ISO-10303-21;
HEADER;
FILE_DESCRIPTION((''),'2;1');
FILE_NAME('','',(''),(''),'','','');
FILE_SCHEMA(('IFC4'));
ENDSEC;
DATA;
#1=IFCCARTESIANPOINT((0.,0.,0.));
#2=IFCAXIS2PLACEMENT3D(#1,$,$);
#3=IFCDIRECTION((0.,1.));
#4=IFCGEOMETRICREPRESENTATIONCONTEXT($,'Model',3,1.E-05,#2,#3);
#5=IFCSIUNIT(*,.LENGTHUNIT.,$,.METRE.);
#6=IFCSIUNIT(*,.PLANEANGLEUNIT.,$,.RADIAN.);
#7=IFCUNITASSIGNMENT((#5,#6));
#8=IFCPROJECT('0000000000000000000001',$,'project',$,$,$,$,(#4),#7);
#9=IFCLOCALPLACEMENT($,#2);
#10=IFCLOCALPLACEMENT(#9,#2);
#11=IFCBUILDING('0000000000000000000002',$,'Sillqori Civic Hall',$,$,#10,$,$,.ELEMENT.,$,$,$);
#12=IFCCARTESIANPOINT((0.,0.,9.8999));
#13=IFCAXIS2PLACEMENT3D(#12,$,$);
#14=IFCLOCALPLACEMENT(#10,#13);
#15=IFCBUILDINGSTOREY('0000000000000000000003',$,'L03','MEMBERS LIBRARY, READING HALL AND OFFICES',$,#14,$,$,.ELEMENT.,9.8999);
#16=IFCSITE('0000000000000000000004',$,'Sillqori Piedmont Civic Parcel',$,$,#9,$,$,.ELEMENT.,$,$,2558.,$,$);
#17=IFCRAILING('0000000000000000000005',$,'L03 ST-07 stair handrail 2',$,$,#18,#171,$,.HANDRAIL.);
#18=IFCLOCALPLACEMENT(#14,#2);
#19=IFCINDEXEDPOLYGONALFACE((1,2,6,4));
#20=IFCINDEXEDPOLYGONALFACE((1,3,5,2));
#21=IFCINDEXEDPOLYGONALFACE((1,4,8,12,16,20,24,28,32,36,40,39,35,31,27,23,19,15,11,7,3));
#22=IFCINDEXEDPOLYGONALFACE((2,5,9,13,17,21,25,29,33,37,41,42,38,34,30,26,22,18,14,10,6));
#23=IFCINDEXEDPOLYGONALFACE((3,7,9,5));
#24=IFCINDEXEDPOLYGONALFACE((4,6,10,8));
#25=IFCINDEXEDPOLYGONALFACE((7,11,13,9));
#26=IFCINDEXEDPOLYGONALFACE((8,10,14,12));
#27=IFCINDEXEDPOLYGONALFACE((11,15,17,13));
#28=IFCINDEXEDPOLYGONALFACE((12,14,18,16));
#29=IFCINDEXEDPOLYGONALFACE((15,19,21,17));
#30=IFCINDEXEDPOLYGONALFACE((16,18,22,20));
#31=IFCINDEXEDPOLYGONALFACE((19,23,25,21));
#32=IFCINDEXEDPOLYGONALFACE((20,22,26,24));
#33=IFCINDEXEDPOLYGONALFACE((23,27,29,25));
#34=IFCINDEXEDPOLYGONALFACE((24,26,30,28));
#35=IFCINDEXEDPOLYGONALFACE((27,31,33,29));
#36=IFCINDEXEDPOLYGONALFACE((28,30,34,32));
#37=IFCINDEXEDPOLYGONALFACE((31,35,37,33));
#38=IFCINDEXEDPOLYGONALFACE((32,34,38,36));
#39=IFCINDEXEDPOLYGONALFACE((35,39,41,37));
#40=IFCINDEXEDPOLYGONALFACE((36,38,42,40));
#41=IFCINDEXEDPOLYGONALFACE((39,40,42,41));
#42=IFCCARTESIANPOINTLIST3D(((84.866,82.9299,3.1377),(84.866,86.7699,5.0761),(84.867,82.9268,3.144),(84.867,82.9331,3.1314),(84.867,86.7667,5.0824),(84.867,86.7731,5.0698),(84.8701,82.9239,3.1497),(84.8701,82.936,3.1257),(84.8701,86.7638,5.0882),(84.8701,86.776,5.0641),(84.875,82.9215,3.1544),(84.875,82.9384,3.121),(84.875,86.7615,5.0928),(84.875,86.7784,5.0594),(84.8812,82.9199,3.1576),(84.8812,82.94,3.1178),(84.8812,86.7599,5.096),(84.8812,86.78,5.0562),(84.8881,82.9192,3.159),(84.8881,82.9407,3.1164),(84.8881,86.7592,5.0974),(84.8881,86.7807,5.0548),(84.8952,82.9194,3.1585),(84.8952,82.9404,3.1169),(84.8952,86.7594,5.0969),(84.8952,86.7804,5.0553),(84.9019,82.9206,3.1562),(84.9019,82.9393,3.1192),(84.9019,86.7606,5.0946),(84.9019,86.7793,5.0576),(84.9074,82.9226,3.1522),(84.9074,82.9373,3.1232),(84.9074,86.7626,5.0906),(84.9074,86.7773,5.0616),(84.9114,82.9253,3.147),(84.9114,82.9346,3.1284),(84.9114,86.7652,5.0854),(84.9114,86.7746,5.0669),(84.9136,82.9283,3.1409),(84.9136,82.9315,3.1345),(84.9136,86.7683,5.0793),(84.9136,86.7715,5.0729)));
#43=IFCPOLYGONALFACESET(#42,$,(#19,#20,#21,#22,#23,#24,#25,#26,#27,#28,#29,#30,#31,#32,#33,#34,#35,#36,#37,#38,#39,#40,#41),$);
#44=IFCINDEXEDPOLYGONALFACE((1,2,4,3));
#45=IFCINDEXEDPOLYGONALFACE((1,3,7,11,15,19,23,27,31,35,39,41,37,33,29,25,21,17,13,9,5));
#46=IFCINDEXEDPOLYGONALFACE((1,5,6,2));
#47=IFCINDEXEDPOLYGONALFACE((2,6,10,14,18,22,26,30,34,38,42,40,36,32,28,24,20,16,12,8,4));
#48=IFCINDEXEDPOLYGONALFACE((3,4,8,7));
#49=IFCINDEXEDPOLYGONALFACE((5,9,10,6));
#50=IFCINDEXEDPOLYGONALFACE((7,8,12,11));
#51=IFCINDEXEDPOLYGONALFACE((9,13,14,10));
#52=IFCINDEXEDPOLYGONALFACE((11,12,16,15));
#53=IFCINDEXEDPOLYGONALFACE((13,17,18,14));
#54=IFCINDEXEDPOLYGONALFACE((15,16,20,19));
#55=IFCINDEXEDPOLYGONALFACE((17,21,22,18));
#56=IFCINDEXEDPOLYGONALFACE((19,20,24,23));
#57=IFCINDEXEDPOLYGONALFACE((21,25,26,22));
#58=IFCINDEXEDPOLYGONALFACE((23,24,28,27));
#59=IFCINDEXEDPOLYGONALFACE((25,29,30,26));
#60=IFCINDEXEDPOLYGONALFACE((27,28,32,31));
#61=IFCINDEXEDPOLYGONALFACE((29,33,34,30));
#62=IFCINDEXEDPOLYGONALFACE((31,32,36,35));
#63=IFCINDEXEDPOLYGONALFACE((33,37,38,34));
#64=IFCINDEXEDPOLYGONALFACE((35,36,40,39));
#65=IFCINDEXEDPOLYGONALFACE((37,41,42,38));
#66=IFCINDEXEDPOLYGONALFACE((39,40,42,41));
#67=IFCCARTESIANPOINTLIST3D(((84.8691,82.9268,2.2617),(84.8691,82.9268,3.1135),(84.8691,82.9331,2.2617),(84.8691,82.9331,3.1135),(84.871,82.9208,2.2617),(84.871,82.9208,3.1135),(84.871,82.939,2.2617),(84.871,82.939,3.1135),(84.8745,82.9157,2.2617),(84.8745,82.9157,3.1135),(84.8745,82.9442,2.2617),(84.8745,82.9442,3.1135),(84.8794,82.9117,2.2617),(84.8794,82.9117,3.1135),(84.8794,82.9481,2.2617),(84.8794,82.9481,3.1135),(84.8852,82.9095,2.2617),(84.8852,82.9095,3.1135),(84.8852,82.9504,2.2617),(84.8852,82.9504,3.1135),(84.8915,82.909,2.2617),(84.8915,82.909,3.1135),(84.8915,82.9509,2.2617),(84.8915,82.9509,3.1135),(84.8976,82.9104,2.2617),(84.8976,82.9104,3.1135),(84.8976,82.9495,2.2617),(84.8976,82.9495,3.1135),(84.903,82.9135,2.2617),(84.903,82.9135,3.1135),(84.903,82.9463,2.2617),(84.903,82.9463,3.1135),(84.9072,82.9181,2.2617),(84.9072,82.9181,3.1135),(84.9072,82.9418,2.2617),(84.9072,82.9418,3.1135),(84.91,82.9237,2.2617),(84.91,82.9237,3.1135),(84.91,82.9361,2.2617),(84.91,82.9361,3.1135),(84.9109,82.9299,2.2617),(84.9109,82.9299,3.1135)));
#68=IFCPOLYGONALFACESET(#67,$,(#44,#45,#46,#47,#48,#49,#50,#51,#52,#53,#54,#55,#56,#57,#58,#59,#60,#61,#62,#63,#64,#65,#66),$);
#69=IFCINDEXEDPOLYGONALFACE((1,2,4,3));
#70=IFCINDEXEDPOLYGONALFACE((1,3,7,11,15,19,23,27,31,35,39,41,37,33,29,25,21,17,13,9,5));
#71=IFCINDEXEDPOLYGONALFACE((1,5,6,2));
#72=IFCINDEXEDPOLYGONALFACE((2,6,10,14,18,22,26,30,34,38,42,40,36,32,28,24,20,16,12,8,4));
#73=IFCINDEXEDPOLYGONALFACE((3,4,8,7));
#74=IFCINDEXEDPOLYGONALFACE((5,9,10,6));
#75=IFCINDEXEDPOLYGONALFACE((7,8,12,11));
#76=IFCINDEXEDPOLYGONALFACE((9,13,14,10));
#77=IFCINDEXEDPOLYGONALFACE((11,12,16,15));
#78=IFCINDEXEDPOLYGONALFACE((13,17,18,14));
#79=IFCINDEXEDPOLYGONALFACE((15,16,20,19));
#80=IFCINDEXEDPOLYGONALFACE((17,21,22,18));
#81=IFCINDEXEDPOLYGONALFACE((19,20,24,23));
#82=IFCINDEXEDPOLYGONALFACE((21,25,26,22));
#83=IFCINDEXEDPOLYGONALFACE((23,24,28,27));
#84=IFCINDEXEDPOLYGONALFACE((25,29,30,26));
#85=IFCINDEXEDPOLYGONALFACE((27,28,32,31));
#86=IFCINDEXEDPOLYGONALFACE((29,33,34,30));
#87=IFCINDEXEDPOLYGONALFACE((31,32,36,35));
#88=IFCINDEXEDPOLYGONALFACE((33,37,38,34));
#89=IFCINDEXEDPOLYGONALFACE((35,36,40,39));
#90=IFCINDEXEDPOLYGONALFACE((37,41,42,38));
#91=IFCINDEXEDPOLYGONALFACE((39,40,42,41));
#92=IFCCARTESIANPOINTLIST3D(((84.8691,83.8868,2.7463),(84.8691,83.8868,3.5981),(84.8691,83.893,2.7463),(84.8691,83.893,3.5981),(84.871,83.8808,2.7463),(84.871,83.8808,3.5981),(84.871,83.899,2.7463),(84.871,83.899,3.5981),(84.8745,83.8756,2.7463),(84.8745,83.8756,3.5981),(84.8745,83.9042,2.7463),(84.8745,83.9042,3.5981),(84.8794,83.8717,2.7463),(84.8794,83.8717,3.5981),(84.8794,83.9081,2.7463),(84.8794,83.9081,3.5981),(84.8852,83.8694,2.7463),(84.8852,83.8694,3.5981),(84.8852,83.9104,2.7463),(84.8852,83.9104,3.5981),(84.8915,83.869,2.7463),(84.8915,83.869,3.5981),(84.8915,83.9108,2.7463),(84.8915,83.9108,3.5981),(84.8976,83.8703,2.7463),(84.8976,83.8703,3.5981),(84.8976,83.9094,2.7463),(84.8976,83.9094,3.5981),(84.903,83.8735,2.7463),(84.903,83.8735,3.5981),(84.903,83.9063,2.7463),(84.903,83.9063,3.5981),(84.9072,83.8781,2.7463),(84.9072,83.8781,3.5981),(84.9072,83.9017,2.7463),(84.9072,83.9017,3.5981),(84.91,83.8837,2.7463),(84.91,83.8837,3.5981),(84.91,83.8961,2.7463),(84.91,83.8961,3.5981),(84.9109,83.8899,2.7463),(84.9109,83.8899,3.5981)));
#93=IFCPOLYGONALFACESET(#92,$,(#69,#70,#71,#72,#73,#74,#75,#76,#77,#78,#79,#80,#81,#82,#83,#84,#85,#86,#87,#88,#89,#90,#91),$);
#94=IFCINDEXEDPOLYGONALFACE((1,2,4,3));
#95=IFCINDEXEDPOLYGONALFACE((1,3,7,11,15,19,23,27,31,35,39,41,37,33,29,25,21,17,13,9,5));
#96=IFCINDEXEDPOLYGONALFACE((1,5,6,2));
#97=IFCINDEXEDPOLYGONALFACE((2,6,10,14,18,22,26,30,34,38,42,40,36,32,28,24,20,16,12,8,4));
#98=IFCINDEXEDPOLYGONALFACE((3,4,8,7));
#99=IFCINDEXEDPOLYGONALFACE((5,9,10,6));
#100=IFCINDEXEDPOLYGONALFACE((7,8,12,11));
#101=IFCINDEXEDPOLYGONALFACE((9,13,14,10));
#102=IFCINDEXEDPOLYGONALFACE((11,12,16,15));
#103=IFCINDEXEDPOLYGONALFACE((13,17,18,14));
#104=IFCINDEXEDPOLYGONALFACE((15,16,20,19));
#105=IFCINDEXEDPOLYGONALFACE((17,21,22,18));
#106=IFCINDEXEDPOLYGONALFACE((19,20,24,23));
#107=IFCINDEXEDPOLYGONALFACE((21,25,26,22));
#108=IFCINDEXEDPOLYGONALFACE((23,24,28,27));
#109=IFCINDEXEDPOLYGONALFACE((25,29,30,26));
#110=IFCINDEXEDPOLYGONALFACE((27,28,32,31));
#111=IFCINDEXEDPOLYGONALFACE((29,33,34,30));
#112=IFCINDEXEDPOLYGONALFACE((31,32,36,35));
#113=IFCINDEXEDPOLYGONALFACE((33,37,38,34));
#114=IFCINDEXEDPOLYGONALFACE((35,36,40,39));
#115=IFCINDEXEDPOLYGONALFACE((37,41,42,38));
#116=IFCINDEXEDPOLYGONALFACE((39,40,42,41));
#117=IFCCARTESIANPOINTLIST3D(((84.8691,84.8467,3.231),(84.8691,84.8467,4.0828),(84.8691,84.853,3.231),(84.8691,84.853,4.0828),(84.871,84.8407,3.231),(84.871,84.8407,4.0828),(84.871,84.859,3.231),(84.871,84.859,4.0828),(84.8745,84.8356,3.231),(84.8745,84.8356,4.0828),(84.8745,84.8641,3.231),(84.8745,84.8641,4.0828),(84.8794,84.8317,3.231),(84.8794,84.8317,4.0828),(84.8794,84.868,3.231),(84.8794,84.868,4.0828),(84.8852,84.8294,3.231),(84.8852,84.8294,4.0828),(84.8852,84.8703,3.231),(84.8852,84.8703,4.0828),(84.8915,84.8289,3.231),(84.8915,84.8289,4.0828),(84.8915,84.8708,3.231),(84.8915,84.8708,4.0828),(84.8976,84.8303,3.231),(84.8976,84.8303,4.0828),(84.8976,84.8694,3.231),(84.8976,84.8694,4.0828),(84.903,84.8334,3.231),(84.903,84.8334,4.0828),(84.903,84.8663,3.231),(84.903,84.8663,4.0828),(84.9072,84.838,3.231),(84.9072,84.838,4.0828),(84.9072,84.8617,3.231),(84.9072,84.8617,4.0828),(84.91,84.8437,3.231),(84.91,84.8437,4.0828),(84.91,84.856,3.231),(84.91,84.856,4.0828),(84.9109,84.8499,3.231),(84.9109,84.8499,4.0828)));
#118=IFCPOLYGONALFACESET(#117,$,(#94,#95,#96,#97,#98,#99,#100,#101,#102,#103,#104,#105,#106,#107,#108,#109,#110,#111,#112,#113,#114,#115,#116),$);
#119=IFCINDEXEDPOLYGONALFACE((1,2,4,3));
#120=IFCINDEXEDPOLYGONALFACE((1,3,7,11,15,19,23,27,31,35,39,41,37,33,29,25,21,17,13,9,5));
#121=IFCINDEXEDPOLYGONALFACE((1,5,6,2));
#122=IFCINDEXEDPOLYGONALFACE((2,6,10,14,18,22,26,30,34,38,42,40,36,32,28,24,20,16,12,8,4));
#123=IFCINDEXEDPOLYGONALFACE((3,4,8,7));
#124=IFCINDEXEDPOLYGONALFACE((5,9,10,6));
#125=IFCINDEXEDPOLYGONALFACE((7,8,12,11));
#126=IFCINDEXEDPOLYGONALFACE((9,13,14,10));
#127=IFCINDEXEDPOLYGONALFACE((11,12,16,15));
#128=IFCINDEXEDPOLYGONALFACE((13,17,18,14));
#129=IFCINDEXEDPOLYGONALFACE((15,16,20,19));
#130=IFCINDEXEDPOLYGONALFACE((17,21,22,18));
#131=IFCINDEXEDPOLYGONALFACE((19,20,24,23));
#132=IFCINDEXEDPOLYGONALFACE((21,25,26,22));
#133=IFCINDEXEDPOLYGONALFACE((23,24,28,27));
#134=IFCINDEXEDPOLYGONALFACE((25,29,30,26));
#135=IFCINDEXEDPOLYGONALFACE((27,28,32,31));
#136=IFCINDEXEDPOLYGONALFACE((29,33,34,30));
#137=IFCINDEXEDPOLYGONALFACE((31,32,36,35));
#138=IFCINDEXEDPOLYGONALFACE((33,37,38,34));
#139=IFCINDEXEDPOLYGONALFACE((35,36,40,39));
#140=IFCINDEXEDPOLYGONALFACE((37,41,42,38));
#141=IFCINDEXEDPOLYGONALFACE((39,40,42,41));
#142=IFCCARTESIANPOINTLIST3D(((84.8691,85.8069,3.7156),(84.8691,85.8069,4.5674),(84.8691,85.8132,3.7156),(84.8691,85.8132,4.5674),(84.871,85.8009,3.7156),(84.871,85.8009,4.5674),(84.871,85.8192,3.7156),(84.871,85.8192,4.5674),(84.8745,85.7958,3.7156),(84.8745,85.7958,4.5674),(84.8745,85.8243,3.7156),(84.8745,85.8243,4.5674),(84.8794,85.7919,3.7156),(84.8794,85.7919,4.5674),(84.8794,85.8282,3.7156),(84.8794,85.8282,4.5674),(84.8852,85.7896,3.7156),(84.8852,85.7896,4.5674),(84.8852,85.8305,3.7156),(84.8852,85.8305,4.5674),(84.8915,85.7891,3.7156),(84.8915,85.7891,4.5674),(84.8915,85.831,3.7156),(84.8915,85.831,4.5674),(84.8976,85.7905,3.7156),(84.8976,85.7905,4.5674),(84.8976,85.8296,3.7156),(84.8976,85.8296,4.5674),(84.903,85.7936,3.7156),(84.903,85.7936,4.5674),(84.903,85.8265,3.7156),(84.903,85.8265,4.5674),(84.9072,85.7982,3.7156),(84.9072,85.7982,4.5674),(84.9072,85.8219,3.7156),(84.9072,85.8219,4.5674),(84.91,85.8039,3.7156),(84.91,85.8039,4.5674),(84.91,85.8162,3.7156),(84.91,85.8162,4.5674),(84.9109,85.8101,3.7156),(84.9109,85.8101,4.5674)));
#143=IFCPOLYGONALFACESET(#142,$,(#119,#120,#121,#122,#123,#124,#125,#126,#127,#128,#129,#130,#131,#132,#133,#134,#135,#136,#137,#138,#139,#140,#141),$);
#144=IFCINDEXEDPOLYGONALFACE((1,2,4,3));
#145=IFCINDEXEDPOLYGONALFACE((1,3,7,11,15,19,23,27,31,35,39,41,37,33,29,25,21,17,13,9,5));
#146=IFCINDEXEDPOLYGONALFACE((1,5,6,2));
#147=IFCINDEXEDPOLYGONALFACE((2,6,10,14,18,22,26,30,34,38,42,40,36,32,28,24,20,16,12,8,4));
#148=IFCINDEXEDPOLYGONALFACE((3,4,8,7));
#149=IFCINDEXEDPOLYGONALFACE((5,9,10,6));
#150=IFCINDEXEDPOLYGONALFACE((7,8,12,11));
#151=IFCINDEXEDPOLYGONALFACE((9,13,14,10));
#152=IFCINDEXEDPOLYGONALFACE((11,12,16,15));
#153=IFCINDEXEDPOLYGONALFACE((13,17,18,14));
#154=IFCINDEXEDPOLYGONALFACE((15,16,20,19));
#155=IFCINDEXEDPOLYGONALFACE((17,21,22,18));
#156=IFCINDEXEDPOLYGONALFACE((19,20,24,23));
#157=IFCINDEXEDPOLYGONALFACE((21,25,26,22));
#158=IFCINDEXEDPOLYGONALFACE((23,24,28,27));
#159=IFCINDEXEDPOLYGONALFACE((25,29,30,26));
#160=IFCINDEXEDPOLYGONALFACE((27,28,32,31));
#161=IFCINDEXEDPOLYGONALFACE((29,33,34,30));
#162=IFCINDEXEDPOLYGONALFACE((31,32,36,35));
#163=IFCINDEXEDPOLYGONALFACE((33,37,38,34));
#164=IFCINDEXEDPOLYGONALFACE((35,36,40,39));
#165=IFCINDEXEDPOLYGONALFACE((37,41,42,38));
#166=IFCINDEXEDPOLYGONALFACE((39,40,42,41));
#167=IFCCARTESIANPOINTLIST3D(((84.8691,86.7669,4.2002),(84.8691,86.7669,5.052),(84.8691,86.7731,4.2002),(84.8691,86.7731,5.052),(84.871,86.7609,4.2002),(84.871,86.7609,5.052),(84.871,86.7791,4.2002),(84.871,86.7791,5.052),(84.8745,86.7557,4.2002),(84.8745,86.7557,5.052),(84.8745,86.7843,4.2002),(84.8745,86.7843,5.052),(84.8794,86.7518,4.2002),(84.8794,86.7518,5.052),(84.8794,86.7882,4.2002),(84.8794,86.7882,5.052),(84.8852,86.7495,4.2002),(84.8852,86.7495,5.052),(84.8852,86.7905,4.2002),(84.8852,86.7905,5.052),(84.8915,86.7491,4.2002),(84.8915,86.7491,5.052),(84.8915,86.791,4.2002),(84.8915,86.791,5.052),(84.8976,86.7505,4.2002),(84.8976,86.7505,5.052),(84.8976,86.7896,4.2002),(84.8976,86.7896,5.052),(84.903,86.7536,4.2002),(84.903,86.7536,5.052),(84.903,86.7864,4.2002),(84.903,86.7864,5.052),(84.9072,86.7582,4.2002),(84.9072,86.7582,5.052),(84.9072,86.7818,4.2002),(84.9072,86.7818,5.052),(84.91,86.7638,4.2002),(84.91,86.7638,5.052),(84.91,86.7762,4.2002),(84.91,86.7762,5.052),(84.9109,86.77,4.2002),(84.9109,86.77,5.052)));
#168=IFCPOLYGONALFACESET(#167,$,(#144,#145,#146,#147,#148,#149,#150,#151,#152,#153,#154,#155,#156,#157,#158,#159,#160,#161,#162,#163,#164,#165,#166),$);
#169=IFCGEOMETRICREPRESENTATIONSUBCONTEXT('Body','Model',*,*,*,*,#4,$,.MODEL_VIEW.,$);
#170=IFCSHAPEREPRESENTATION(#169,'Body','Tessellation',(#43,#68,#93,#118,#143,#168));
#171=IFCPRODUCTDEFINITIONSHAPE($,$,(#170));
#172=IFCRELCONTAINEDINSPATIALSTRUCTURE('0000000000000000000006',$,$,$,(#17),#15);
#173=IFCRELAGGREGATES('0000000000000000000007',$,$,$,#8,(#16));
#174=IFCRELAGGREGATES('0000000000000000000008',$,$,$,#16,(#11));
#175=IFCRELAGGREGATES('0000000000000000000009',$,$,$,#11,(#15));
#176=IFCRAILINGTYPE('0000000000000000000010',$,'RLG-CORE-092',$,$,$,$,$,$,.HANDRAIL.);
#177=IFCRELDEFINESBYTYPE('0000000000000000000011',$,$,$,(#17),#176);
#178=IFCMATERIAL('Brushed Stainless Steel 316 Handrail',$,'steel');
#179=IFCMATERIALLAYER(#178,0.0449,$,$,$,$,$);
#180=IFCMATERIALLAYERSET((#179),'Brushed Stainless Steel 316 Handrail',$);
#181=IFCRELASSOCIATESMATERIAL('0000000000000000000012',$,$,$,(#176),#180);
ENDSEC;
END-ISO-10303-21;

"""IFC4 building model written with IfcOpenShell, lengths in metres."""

from ifc_helpers import new_model, si_unit, direction, frame, origin, origin_2d, place, context, subcontext, project, spatial, circle, extrude, material, layer, layer_set, type_object, element, save


model = new_model("IFC4")

# Units and contexts
model_context = context("Model", 3, precision=1e-05, world=origin(), true_north=direction((0.0, 1.0)))
body_context = subcontext(model_context, "Body", "Model", "MODEL_VIEW")
ifc_project = project(units=[si_unit("LENGTHUNIT", "METRE"), si_unit("PLANEANGLEUNIT", "RADIAN")], contexts=[model_context])

# Site, building, storey
site_placement = place(None, origin())
site = spatial("IfcSite", under=ifc_project, at=site_placement, Name="Sillqori Piedmont Civic Parcel", CompositionType="ELEMENT", RefElevation=2558.0)
building_placement = place(site_placement, origin())
building = spatial("IfcBuilding", under=site, at=building_placement, Name="Sillqori Civic Hall", CompositionType="ELEMENT")
storey_placement = place(building_placement, frame((0.0, 0.0, 9.8999)))
storey = spatial("IfcBuildingStorey", under=building, at=storey_placement, Name="L03", Description="MEMBERS LIBRARY, READING HALL AND OFFICES", CompositionType="ELEMENT", Elevation=9.8999)

# Railing
ifc_material_1 = material(Name="Brushed Stainless Steel 316 Handrail", Category="steel")
ifc_layer_1 = layer(ifc_material_1, 0.0449)
ifc_layer_set_1 = layer_set([ifc_layer_1], Name="Brushed Stainless Steel 316 Handrail")
railing_type_1 = type_object("IfcRailingType", Name="RLG-CORE-092", PredefinedType="HANDRAIL", material=ifc_layer_set_1)
for number, where, name in (
    (1, (84.8899, 82.9299, 2.2617), "L03 ST-07 stair handrail 2"),
):
    element("IfcRailing", number, at=place(storey_placement, frame(where)), inside=storey, type_object=railing_type_1, Name=name, PredefinedType="HANDRAIL", context=body_context, shape_type="SweptSolid", body=[
        extrude(circle(Radius=0.0239, at=origin_2d()), frame((0.0, 0.0, 0.876), z_axis=(0.0, 0.892707, 0.450638), x_axis=(-1.0, 0.0, 0.0)), (0.0, 0.0, 1.0), 4.3015),
        extrude(circle(Radius=0.021, at=origin_2d()), origin(), (0.0, 0.0, 1.0), 0.8518),
        extrude(circle(Radius=0.021, at=origin_2d()), frame((0.0, 0.96, 0.4846)), (0.0, 0.0, 1.0), 0.8518),
        extrude(circle(Radius=0.021, at=origin_2d()), frame((0.0, 1.9199, 0.9692)), (0.0, 0.0, 1.0), 0.8518),
        extrude(circle(Radius=0.021, at=origin_2d()), frame((0.0, 2.8801, 1.4539)), (0.0, 0.0, 1.0), 0.8518),
        extrude(circle(Radius=0.021, at=origin_2d()), frame((0.0, 3.8401, 1.9385)), (0.0, 0.0, 1.0), 0.8518),
    ])

save(model, "model.ifc")
